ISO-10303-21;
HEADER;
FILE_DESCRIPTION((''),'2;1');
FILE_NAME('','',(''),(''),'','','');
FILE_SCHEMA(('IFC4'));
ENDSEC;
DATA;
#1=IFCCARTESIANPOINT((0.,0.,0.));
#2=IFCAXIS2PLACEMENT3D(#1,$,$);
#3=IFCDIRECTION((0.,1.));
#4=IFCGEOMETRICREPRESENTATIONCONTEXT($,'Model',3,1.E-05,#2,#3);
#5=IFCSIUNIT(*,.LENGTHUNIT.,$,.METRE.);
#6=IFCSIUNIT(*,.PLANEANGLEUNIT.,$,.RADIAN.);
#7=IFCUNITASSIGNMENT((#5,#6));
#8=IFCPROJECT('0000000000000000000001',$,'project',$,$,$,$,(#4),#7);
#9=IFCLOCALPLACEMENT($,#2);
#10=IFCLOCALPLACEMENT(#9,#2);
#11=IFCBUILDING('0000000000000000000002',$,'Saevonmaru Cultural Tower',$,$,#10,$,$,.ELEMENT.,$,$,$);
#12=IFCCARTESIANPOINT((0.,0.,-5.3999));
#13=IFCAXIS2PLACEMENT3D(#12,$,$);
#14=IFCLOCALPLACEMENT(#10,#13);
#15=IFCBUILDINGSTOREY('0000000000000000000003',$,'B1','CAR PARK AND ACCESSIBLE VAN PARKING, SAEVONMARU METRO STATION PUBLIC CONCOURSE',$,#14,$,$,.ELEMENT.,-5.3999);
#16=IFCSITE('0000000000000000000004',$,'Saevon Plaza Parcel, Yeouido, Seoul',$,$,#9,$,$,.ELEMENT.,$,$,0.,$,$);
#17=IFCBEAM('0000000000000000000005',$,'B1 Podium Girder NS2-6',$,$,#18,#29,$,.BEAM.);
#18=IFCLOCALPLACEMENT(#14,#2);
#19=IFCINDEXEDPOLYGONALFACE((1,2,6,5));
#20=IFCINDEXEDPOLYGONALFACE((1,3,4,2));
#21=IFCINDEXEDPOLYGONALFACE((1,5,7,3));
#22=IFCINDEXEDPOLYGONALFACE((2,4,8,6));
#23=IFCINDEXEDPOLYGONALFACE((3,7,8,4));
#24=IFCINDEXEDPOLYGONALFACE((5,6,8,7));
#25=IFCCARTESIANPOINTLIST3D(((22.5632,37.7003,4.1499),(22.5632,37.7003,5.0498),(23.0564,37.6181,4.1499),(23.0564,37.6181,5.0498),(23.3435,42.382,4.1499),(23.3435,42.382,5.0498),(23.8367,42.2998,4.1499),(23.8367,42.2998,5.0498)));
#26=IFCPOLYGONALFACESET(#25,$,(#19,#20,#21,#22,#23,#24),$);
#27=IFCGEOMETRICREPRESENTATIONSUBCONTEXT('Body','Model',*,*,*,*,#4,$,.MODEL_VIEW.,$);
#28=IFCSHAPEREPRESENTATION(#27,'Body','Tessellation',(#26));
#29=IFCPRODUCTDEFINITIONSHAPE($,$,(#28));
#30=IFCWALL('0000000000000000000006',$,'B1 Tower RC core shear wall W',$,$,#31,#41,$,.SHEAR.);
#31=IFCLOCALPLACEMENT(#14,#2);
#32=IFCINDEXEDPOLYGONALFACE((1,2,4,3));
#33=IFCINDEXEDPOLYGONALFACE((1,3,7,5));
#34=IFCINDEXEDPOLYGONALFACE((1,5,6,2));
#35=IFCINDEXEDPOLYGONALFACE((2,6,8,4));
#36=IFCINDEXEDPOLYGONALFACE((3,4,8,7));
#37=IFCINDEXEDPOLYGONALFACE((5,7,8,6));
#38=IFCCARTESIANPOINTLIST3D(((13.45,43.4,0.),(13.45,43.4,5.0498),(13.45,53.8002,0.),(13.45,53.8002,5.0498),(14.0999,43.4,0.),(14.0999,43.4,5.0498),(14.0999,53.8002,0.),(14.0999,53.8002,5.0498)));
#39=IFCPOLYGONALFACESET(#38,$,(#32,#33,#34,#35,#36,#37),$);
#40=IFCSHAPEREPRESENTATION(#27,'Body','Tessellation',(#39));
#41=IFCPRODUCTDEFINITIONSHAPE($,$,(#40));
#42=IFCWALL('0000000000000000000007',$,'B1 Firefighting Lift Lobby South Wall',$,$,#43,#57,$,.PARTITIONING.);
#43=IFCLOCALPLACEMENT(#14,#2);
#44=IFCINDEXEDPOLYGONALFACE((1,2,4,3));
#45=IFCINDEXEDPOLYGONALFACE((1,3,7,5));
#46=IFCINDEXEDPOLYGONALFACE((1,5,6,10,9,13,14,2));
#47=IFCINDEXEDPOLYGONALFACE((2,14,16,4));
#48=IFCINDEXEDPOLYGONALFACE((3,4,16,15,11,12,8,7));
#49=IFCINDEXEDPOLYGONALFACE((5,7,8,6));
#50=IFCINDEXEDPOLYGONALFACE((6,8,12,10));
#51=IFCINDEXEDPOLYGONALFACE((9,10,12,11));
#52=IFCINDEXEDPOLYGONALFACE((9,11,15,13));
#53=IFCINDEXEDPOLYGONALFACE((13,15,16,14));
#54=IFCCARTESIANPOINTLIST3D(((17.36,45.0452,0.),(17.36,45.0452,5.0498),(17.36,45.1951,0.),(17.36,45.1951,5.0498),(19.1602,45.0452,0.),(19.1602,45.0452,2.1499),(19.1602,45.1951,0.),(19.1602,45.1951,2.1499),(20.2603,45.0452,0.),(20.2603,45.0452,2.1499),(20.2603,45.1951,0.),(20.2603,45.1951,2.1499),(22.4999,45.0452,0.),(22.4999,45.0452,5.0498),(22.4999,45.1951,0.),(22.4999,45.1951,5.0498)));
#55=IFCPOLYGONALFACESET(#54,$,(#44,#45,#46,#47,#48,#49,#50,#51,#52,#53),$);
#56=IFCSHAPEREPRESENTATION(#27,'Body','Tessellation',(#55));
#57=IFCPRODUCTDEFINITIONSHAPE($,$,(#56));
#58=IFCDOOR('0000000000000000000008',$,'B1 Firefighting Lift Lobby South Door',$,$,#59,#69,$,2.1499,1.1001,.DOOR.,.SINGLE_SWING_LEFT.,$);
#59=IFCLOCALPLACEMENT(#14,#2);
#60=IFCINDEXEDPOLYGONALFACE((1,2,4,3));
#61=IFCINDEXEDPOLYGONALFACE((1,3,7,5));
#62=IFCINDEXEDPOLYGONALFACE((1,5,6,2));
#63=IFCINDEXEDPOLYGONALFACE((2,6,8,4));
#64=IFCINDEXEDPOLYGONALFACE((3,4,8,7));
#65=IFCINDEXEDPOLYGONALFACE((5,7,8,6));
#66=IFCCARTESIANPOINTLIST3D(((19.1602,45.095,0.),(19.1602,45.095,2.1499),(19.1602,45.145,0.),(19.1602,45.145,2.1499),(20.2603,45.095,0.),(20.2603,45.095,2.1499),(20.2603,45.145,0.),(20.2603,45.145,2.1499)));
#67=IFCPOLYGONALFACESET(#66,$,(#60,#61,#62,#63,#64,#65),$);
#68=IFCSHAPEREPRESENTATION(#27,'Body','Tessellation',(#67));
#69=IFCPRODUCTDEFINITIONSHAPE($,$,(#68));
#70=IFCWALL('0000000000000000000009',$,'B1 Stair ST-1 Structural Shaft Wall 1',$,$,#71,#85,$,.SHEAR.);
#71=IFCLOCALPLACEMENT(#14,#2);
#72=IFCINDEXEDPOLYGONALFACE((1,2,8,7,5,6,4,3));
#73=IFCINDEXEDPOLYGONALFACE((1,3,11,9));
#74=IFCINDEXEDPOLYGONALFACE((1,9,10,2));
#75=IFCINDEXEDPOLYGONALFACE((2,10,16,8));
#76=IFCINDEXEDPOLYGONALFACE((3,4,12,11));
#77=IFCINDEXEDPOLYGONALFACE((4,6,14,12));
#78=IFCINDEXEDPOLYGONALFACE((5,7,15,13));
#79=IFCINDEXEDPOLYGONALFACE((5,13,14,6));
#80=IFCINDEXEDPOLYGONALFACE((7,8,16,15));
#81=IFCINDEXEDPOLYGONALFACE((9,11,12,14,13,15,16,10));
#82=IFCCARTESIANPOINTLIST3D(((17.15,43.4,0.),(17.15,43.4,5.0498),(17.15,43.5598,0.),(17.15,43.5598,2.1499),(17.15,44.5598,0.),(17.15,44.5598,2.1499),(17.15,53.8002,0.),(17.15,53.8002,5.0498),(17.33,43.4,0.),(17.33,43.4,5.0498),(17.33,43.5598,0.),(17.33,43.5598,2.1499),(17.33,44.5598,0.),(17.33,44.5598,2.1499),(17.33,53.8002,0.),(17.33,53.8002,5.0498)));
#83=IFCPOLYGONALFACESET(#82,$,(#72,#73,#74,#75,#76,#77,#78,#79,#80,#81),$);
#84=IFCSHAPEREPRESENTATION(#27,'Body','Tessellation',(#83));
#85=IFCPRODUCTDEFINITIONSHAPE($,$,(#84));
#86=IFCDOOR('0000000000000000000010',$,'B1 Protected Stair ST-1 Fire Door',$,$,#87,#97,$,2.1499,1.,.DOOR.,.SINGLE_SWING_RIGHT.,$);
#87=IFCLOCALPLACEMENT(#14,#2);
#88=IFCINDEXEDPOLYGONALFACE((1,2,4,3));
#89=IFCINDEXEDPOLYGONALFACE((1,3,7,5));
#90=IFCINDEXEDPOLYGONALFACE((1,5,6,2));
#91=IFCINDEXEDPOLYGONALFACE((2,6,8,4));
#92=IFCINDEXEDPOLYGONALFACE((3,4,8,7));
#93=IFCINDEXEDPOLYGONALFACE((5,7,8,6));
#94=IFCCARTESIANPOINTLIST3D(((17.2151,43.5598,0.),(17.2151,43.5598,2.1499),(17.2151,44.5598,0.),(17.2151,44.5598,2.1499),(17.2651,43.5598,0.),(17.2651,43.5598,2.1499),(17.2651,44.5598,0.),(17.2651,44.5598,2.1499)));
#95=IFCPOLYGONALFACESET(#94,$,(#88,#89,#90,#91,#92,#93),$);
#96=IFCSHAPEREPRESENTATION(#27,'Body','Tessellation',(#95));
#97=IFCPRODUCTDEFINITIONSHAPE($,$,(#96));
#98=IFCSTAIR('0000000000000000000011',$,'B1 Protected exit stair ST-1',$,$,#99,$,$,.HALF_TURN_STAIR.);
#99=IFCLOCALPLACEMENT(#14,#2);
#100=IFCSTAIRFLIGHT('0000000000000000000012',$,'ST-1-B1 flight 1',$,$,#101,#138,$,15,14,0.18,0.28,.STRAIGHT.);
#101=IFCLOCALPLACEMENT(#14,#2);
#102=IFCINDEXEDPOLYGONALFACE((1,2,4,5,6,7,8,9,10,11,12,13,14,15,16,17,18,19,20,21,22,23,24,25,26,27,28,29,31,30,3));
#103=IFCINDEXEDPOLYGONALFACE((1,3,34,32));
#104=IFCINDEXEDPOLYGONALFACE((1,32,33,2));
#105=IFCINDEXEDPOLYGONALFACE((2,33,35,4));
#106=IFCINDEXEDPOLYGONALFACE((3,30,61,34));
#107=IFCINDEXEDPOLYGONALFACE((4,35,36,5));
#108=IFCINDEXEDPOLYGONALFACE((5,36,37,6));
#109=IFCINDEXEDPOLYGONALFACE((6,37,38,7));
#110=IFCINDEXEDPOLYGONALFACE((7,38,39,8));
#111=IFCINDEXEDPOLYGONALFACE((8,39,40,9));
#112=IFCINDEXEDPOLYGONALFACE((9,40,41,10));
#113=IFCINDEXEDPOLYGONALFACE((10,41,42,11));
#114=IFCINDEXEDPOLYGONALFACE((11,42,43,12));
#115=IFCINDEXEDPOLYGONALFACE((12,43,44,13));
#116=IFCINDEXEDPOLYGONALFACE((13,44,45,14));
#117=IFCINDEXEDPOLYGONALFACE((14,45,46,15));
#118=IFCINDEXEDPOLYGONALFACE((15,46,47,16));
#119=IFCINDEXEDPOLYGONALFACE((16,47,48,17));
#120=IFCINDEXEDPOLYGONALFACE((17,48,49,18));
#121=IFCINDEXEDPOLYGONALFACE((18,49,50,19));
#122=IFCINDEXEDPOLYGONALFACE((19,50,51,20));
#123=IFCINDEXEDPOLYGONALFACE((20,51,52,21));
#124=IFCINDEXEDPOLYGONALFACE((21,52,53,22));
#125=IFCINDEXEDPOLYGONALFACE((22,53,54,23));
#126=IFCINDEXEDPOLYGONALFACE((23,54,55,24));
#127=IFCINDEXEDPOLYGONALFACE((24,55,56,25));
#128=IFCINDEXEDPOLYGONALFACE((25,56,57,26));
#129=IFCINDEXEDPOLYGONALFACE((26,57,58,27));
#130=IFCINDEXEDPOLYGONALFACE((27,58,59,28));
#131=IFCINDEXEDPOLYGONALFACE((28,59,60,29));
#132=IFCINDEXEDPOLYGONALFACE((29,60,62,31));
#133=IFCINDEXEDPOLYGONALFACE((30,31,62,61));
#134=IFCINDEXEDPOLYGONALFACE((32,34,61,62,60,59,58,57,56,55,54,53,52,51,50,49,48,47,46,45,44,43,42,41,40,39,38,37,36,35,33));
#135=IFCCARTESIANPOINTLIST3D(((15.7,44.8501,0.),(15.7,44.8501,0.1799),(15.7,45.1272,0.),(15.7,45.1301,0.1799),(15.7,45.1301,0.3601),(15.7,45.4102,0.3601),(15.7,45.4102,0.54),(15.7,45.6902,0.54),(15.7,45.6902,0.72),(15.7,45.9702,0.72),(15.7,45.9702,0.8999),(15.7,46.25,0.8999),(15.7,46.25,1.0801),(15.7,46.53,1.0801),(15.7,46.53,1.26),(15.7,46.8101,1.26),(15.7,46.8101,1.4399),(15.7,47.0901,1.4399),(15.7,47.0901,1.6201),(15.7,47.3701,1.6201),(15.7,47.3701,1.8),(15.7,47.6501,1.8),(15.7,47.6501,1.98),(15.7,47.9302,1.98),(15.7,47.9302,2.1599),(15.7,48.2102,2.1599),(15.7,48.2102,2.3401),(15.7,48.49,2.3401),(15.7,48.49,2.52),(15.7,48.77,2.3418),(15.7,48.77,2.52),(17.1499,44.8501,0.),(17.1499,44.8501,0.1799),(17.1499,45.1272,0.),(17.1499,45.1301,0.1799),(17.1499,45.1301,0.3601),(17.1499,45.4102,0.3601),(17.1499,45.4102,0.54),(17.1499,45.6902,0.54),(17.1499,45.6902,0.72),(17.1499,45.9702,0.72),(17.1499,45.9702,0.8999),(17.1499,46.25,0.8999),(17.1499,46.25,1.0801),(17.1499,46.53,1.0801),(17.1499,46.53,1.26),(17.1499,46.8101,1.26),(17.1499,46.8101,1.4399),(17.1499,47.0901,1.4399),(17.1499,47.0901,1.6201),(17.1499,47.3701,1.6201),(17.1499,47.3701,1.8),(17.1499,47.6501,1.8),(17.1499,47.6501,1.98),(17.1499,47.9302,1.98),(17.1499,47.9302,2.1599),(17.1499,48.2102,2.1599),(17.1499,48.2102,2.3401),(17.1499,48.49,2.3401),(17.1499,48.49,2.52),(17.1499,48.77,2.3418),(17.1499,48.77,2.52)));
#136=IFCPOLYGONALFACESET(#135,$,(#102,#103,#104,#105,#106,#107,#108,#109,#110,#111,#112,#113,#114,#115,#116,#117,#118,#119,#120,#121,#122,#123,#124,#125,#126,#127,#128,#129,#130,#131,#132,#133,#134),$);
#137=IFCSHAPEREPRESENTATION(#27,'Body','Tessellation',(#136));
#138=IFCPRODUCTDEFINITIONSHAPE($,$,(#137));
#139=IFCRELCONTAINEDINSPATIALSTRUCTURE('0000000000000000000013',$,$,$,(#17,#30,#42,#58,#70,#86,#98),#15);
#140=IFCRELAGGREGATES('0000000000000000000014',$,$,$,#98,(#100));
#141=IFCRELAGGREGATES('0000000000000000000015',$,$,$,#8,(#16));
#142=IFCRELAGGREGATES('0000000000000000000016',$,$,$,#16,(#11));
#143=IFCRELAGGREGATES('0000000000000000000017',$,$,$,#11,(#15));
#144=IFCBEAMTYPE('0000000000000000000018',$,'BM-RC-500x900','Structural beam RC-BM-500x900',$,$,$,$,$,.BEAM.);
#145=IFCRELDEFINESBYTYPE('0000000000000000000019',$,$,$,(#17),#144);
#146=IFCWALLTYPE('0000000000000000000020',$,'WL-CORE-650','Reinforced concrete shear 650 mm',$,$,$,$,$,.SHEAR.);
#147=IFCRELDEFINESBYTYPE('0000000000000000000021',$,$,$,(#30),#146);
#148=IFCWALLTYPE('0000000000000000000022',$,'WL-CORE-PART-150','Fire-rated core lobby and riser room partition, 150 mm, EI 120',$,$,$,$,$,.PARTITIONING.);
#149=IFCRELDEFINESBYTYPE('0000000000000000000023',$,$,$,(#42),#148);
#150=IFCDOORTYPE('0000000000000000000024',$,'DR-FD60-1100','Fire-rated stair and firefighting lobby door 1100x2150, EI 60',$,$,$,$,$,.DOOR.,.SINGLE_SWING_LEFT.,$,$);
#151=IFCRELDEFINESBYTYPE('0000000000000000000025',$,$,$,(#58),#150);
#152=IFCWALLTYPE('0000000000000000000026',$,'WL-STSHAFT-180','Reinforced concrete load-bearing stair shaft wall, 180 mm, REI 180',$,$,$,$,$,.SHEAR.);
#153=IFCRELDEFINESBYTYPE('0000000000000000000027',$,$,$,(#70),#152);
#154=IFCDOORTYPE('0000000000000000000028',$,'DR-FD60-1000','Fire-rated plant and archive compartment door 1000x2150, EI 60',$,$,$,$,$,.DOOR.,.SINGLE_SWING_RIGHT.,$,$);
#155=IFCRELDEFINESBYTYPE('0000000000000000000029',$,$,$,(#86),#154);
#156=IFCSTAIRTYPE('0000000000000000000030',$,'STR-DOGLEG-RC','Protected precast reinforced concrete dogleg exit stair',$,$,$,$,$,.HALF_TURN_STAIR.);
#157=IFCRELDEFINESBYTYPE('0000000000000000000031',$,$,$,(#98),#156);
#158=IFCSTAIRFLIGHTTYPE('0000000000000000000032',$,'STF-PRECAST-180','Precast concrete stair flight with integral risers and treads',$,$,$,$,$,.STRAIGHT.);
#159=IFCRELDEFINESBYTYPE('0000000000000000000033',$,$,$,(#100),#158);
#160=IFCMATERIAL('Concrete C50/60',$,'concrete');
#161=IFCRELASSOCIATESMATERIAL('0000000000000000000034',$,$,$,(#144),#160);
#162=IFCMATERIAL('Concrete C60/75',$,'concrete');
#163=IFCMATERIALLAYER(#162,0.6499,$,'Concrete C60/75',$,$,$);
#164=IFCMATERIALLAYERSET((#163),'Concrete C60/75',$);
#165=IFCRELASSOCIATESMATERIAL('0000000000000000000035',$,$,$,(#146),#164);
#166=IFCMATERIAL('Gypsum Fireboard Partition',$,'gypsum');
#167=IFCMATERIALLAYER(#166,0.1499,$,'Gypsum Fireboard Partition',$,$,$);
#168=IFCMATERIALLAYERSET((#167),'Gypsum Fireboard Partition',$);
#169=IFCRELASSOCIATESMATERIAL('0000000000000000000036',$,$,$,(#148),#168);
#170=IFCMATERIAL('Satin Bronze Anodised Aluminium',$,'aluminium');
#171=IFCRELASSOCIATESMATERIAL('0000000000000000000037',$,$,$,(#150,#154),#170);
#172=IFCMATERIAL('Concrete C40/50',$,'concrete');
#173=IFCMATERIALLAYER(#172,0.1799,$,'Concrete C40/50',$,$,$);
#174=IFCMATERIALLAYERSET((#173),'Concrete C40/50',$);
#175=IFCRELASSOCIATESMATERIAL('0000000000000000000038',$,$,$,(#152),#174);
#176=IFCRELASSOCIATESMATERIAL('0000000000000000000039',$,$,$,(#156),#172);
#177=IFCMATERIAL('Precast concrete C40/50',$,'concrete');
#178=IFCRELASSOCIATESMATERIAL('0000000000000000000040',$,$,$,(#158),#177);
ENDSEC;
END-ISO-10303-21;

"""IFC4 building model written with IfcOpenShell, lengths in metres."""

from ifc_helpers import new_model, si_unit, direction, frame, frame_2d, origin, origin_2d, place, context, subcontext, project, spatial, polyline, rectangle, outline, extrude, material, layer, layer_set, material_profile, profile_set, type_object, element, fill, aggregate, save


model = new_model("IFC4")

# Units and contexts
model_context = context("Model", 3, precision=1e-05, world=origin(), true_north=direction((0.0, 1.0)))
body_context = subcontext(model_context, "Body", "Model", "MODEL_VIEW")
ifc_project = project(units=[si_unit("LENGTHUNIT", "METRE"), si_unit("PLANEANGLEUNIT", "RADIAN")], contexts=[model_context])

# Site, building, storey
site_placement = place(None, origin())
site = spatial("IfcSite", under=ifc_project, at=site_placement, Name="Saevon Plaza Parcel, Yeouido, Seoul", CompositionType="ELEMENT", RefElevation=0.0)
building_placement = place(site_placement, origin())
building = spatial("IfcBuilding", under=site, at=building_placement, Name="Saevonmaru Cultural Tower", CompositionType="ELEMENT")
storey_placement = place(building_placement, frame((0.0, 0.0, -5.3999)))
storey = spatial("IfcBuildingStorey", under=building, at=storey_placement, Name="B1", Description="CAR PARK AND ACCESSIBLE VAN PARKING, SAEVONMARU METRO STATION PUBLIC CONCOURSE", CompositionType="ELEMENT", Elevation=-5.3999)

# Beam
ifc_material_1 = material(Name="Concrete C50/60", Category="concrete")
ifc_material_profile = material_profile(ifc_material_1, rectangle(XDim=0.5, YDim=0.8999, at=origin_2d()), Name="RC-BM-500x900")
ifc_profile_set = profile_set([ifc_material_profile], Name="Concrete C50/60")
beam_type = type_object("IfcBeamType", Name="BM-RC-500x900", Description="Structural beam RC-BM-500x900", PredefinedType="BEAM", material=ifc_profile_set)
beam_placement = place(storey_placement, frame((22.8098, 37.6592, 4.5999), z_axis=(0.164399, 0.986394, 0.0), x_axis=(-0.986394, 0.164399, 0.0)))
element("IfcBeam", 1, at=beam_placement, inside=storey, type_object=beam_type, Name="B1 Podium Girder NS2-6", PredefinedType="BEAM", context=body_context, shape_type="SweptSolid", body=[
    extrude(rectangle(XDim=0.5, YDim=0.8999, at=origin_2d()), origin(), (0.0, 0.0, 1.0), 4.7463),
])

# Wall
ifc_material_2 = material(Name="Concrete C60/75", Category="concrete")
ifc_layer_1 = layer(ifc_material_2, 0.6499, Name="Concrete C60/75")
ifc_layer_set_1 = layer_set([ifc_layer_1], Name="Concrete C60/75")
wall_type_1 = type_object("IfcWallType", Name="WL-CORE-650", Description="Reinforced concrete shear 650 mm", PredefinedType="SHEAR", material=ifc_layer_set_1)
wall_1_placement = place(storey_placement, frame((13.7749, 43.3999, 0.0), z_axis=(0.0, 0.0, 1.0), x_axis=(0.0, 1.0, 0.0)))
element("IfcWall", 2, at=wall_1_placement, inside=storey, type_object=wall_type_1, Name="B1 Tower RC core shear wall W", PredefinedType="SHEAR", context=body_context, shape_type="SweptSolid", body=[
    extrude(rectangle(XDim=10.4001, YDim=0.6499, at=frame_2d((5.2002, 0.0))), origin(), (0.0, 0.0, 1.0), 5.0498),
])

# Walls, openings, doors
ifc_material_3 = material(Name="Gypsum Fireboard Partition", Category="gypsum")
ifc_layer_2 = layer(ifc_material_3, 0.1499, Name="Gypsum Fireboard Partition")
ifc_layer_set_2 = layer_set([ifc_layer_2], Name="Gypsum Fireboard Partition")
wall_type_2 = type_object("IfcWallType", Name="WL-CORE-PART-150", Description="Fire-rated core lobby and riser room partition, 150 mm, EI 120", PredefinedType="PARTITIONING", material=ifc_layer_set_2)
wall_2_placement = place(storey_placement, frame((17.3601, 45.1201, 0.0), z_axis=(0.0, 0.0, 1.0), x_axis=(1.0, 0.0, 0.0)))
wall_2 = element("IfcWall", 3, at=wall_2_placement, inside=storey, type_object=wall_type_2, Name="B1 Firefighting Lift Lobby South Wall", PredefinedType="PARTITIONING", context=body_context, shape_type="SweptSolid", body=[
    extrude(rectangle(XDim=5.1399, YDim=0.1499, at=frame_2d((2.5698, 0.0))), origin(), (0.0, 0.0, 1.0), 5.0498),
])
opening_1_placement = place(wall_2_placement, frame((1.8, 0.0, 0.0)))
opening_1 = element("IfcOpeningElement", 4, at=opening_1_placement, cuts=wall_2, PredefinedType="OPENING", context=body_context, shape_type="SweptSolid", body=[
    extrude(rectangle(XDim=1.1001, YDim=2.1499, at=frame_2d((0.55, 1.075))), frame((0.0, 0.085, 0.0), z_axis=(0.0, -1.0, 0.0), x_axis=(1.0, 0.0, 0.0)), (0.0, 0.0, 1.0), 0.1699),
])
ifc_material_4 = material(Name="Satin Bronze Anodised Aluminium", Category="aluminium")
door_type_1 = type_object("IfcDoorType", Name="DR-FD60-1100", Description="Fire-rated stair and firefighting lobby door 1100x2150, EI 60", OperationType="SINGLE_SWING_LEFT", PredefinedType="DOOR", material=ifc_material_4)
door_1_placement = place(opening_1_placement, origin())
door_1 = element("IfcDoor", 5, at=door_1_placement, inside=storey, type_object=door_type_1, Name="B1 Firefighting Lift Lobby South Door", OperationType="SINGLE_SWING_LEFT", OverallHeight=2.1499, OverallWidth=1.1001, PredefinedType="DOOR", context=body_context, shape_type="SweptSolid", body=[
    extrude(rectangle(XDim=1.1001, YDim=2.1499, at=frame_2d((0.55, 1.075))), frame((0.0, 0.0249, 0.0), z_axis=(0.0, -1.0, 0.0), x_axis=(1.0, 0.0, 0.0)), (0.0, 0.0, 1.0), 0.05),
])
fill(opening_1, door_1)
ifc_material_5 = material(Name="Concrete C40/50", Category="concrete")
ifc_layer_3 = layer(ifc_material_5, 0.1799, Name="Concrete C40/50")
ifc_layer_set_3 = layer_set([ifc_layer_3], Name="Concrete C40/50")
wall_type_3 = type_object("IfcWallType", Name="WL-STSHAFT-180", Description="Reinforced concrete load-bearing stair shaft wall, 180 mm, REI 180", PredefinedType="SHEAR", material=ifc_layer_set_3)
wall_3_placement = place(storey_placement, frame((17.24, 43.3999, 0.0), z_axis=(0.0, 0.0, 1.0), x_axis=(0.0, 1.0, 0.0)))
wall_3 = element("IfcWall", 6, at=wall_3_placement, inside=storey, type_object=wall_type_3, Name="B1 Stair ST-1 Structural Shaft Wall 1", PredefinedType="SHEAR", context=body_context, shape_type="SweptSolid", body=[
    extrude(rectangle(XDim=10.4001, YDim=0.1799, at=frame_2d((5.2002, 0.0))), origin(), (0.0, 0.0, 1.0), 5.0498),
])
opening_2_placement = place(wall_3_placement, frame((0.1599, 0.0, 0.0)))
opening_2 = element("IfcOpeningElement", 7, at=opening_2_placement, cuts=wall_3, PredefinedType="OPENING", context=body_context, shape_type="SweptSolid", body=[
    extrude(rectangle(XDim=1.0, YDim=2.1499, at=frame_2d((0.5, 1.075))), frame((0.0, 0.1001, 0.0), z_axis=(0.0, -1.0, 0.0), x_axis=(1.0, 0.0, 0.0)), (0.0, 0.0, 1.0), 0.2),
])
door_type_2 = type_object("IfcDoorType", Name="DR-FD60-1000", Description="Fire-rated plant and archive compartment door 1000x2150, EI 60", OperationType="SINGLE_SWING_RIGHT", PredefinedType="DOOR", material=ifc_material_4)
door_2_placement = place(opening_2_placement, origin())
door_2 = element("IfcDoor", 8, at=door_2_placement, inside=storey, type_object=door_type_2, Name="B1 Protected Stair ST-1 Fire Door", OperationType="SINGLE_SWING_RIGHT", OverallHeight=2.1499, OverallWidth=1.0, PredefinedType="DOOR", context=body_context, shape_type="SweptSolid", body=[
    extrude(rectangle(XDim=1.0, YDim=2.1499, at=frame_2d((0.5, 1.075))), frame((0.0, 0.0249, 0.0), z_axis=(0.0, -1.0, 0.0), x_axis=(1.0, 0.0, 0.0)), (0.0, 0.0, 1.0), 0.05),
])
fill(opening_2, door_2)

# Stair, stair flight
stair_type = type_object("IfcStairType", Name="STR-DOGLEG-RC", Description="Protected precast reinforced concrete dogleg exit stair", PredefinedType="HALF_TURN_STAIR", material=ifc_material_5)
stair_placement = place(storey_placement, origin())
stair = element("IfcStair", 9, at=stair_placement, inside=storey, type_object=stair_type, Name="B1 Protected exit stair ST-1", PredefinedType="HALF_TURN_STAIR")
ifc_material_6 = material(Name="Precast concrete C40/50", Category="concrete")
stair_flight_type = type_object("IfcStairFlightType", Name="STF-PRECAST-180", Description="Precast concrete stair flight with integral risers and treads", PredefinedType="STRAIGHT", material=ifc_material_6)
stair_flight_1_placement = place(storey_placement, frame((16.425, 44.8501, 0.0), z_axis=(0.0, 0.0, 1.0), x_axis=(0.0, 1.0, 0.0)))
stair_flight_1 = element("IfcStairFlight", 10, at=stair_flight_1_placement, type_object=stair_flight_type, Name="ST-1-B1 flight 1", NumberOfRisers=15, NumberOfTreads=14, PredefinedType="STRAIGHT", RiserHeight=0.18, TreadLength=0.28, context=body_context, shape_type="SweptSolid", body=[
    extrude(outline(polyline([(0.0, 0.0), (0.0, 0.1799), (0.28, 0.1799), (0.28, 0.3601), (0.5601, 0.3601), (0.5601, 0.54), (0.8401, 0.54), (0.8401, 0.72), (1.1201, 0.72), (1.1201, 0.8999), (1.3999, 0.8999), (1.3999, 1.0801), (1.6799, 1.0801), (1.6799, 1.26), (1.96, 1.26), (1.96, 1.4399), (2.24, 1.4399), (2.24, 1.6201), (2.52, 1.6201), (2.52, 1.8), (2.8, 1.8), (2.8, 1.98), (3.0801, 1.98), (3.0801, 2.1599), (3.3601, 2.1599), (3.3601, 2.3401), (3.6399, 2.3401), (3.6399, 2.52), (3.9199, 2.52), (3.9199, 2.7), (3.9199, 2.3418), (0.2771, 0.0), (0.0, 0.0)])), frame((0.0, 0.7251, 0.0), z_axis=(0.0, -1.0, 0.0), x_axis=(1.0, 0.0, 0.0)), (0.0, 0.0, 1.0), 1.45),
])
aggregate(stair, [stair_flight_1])

save(model, "model.ifc")
